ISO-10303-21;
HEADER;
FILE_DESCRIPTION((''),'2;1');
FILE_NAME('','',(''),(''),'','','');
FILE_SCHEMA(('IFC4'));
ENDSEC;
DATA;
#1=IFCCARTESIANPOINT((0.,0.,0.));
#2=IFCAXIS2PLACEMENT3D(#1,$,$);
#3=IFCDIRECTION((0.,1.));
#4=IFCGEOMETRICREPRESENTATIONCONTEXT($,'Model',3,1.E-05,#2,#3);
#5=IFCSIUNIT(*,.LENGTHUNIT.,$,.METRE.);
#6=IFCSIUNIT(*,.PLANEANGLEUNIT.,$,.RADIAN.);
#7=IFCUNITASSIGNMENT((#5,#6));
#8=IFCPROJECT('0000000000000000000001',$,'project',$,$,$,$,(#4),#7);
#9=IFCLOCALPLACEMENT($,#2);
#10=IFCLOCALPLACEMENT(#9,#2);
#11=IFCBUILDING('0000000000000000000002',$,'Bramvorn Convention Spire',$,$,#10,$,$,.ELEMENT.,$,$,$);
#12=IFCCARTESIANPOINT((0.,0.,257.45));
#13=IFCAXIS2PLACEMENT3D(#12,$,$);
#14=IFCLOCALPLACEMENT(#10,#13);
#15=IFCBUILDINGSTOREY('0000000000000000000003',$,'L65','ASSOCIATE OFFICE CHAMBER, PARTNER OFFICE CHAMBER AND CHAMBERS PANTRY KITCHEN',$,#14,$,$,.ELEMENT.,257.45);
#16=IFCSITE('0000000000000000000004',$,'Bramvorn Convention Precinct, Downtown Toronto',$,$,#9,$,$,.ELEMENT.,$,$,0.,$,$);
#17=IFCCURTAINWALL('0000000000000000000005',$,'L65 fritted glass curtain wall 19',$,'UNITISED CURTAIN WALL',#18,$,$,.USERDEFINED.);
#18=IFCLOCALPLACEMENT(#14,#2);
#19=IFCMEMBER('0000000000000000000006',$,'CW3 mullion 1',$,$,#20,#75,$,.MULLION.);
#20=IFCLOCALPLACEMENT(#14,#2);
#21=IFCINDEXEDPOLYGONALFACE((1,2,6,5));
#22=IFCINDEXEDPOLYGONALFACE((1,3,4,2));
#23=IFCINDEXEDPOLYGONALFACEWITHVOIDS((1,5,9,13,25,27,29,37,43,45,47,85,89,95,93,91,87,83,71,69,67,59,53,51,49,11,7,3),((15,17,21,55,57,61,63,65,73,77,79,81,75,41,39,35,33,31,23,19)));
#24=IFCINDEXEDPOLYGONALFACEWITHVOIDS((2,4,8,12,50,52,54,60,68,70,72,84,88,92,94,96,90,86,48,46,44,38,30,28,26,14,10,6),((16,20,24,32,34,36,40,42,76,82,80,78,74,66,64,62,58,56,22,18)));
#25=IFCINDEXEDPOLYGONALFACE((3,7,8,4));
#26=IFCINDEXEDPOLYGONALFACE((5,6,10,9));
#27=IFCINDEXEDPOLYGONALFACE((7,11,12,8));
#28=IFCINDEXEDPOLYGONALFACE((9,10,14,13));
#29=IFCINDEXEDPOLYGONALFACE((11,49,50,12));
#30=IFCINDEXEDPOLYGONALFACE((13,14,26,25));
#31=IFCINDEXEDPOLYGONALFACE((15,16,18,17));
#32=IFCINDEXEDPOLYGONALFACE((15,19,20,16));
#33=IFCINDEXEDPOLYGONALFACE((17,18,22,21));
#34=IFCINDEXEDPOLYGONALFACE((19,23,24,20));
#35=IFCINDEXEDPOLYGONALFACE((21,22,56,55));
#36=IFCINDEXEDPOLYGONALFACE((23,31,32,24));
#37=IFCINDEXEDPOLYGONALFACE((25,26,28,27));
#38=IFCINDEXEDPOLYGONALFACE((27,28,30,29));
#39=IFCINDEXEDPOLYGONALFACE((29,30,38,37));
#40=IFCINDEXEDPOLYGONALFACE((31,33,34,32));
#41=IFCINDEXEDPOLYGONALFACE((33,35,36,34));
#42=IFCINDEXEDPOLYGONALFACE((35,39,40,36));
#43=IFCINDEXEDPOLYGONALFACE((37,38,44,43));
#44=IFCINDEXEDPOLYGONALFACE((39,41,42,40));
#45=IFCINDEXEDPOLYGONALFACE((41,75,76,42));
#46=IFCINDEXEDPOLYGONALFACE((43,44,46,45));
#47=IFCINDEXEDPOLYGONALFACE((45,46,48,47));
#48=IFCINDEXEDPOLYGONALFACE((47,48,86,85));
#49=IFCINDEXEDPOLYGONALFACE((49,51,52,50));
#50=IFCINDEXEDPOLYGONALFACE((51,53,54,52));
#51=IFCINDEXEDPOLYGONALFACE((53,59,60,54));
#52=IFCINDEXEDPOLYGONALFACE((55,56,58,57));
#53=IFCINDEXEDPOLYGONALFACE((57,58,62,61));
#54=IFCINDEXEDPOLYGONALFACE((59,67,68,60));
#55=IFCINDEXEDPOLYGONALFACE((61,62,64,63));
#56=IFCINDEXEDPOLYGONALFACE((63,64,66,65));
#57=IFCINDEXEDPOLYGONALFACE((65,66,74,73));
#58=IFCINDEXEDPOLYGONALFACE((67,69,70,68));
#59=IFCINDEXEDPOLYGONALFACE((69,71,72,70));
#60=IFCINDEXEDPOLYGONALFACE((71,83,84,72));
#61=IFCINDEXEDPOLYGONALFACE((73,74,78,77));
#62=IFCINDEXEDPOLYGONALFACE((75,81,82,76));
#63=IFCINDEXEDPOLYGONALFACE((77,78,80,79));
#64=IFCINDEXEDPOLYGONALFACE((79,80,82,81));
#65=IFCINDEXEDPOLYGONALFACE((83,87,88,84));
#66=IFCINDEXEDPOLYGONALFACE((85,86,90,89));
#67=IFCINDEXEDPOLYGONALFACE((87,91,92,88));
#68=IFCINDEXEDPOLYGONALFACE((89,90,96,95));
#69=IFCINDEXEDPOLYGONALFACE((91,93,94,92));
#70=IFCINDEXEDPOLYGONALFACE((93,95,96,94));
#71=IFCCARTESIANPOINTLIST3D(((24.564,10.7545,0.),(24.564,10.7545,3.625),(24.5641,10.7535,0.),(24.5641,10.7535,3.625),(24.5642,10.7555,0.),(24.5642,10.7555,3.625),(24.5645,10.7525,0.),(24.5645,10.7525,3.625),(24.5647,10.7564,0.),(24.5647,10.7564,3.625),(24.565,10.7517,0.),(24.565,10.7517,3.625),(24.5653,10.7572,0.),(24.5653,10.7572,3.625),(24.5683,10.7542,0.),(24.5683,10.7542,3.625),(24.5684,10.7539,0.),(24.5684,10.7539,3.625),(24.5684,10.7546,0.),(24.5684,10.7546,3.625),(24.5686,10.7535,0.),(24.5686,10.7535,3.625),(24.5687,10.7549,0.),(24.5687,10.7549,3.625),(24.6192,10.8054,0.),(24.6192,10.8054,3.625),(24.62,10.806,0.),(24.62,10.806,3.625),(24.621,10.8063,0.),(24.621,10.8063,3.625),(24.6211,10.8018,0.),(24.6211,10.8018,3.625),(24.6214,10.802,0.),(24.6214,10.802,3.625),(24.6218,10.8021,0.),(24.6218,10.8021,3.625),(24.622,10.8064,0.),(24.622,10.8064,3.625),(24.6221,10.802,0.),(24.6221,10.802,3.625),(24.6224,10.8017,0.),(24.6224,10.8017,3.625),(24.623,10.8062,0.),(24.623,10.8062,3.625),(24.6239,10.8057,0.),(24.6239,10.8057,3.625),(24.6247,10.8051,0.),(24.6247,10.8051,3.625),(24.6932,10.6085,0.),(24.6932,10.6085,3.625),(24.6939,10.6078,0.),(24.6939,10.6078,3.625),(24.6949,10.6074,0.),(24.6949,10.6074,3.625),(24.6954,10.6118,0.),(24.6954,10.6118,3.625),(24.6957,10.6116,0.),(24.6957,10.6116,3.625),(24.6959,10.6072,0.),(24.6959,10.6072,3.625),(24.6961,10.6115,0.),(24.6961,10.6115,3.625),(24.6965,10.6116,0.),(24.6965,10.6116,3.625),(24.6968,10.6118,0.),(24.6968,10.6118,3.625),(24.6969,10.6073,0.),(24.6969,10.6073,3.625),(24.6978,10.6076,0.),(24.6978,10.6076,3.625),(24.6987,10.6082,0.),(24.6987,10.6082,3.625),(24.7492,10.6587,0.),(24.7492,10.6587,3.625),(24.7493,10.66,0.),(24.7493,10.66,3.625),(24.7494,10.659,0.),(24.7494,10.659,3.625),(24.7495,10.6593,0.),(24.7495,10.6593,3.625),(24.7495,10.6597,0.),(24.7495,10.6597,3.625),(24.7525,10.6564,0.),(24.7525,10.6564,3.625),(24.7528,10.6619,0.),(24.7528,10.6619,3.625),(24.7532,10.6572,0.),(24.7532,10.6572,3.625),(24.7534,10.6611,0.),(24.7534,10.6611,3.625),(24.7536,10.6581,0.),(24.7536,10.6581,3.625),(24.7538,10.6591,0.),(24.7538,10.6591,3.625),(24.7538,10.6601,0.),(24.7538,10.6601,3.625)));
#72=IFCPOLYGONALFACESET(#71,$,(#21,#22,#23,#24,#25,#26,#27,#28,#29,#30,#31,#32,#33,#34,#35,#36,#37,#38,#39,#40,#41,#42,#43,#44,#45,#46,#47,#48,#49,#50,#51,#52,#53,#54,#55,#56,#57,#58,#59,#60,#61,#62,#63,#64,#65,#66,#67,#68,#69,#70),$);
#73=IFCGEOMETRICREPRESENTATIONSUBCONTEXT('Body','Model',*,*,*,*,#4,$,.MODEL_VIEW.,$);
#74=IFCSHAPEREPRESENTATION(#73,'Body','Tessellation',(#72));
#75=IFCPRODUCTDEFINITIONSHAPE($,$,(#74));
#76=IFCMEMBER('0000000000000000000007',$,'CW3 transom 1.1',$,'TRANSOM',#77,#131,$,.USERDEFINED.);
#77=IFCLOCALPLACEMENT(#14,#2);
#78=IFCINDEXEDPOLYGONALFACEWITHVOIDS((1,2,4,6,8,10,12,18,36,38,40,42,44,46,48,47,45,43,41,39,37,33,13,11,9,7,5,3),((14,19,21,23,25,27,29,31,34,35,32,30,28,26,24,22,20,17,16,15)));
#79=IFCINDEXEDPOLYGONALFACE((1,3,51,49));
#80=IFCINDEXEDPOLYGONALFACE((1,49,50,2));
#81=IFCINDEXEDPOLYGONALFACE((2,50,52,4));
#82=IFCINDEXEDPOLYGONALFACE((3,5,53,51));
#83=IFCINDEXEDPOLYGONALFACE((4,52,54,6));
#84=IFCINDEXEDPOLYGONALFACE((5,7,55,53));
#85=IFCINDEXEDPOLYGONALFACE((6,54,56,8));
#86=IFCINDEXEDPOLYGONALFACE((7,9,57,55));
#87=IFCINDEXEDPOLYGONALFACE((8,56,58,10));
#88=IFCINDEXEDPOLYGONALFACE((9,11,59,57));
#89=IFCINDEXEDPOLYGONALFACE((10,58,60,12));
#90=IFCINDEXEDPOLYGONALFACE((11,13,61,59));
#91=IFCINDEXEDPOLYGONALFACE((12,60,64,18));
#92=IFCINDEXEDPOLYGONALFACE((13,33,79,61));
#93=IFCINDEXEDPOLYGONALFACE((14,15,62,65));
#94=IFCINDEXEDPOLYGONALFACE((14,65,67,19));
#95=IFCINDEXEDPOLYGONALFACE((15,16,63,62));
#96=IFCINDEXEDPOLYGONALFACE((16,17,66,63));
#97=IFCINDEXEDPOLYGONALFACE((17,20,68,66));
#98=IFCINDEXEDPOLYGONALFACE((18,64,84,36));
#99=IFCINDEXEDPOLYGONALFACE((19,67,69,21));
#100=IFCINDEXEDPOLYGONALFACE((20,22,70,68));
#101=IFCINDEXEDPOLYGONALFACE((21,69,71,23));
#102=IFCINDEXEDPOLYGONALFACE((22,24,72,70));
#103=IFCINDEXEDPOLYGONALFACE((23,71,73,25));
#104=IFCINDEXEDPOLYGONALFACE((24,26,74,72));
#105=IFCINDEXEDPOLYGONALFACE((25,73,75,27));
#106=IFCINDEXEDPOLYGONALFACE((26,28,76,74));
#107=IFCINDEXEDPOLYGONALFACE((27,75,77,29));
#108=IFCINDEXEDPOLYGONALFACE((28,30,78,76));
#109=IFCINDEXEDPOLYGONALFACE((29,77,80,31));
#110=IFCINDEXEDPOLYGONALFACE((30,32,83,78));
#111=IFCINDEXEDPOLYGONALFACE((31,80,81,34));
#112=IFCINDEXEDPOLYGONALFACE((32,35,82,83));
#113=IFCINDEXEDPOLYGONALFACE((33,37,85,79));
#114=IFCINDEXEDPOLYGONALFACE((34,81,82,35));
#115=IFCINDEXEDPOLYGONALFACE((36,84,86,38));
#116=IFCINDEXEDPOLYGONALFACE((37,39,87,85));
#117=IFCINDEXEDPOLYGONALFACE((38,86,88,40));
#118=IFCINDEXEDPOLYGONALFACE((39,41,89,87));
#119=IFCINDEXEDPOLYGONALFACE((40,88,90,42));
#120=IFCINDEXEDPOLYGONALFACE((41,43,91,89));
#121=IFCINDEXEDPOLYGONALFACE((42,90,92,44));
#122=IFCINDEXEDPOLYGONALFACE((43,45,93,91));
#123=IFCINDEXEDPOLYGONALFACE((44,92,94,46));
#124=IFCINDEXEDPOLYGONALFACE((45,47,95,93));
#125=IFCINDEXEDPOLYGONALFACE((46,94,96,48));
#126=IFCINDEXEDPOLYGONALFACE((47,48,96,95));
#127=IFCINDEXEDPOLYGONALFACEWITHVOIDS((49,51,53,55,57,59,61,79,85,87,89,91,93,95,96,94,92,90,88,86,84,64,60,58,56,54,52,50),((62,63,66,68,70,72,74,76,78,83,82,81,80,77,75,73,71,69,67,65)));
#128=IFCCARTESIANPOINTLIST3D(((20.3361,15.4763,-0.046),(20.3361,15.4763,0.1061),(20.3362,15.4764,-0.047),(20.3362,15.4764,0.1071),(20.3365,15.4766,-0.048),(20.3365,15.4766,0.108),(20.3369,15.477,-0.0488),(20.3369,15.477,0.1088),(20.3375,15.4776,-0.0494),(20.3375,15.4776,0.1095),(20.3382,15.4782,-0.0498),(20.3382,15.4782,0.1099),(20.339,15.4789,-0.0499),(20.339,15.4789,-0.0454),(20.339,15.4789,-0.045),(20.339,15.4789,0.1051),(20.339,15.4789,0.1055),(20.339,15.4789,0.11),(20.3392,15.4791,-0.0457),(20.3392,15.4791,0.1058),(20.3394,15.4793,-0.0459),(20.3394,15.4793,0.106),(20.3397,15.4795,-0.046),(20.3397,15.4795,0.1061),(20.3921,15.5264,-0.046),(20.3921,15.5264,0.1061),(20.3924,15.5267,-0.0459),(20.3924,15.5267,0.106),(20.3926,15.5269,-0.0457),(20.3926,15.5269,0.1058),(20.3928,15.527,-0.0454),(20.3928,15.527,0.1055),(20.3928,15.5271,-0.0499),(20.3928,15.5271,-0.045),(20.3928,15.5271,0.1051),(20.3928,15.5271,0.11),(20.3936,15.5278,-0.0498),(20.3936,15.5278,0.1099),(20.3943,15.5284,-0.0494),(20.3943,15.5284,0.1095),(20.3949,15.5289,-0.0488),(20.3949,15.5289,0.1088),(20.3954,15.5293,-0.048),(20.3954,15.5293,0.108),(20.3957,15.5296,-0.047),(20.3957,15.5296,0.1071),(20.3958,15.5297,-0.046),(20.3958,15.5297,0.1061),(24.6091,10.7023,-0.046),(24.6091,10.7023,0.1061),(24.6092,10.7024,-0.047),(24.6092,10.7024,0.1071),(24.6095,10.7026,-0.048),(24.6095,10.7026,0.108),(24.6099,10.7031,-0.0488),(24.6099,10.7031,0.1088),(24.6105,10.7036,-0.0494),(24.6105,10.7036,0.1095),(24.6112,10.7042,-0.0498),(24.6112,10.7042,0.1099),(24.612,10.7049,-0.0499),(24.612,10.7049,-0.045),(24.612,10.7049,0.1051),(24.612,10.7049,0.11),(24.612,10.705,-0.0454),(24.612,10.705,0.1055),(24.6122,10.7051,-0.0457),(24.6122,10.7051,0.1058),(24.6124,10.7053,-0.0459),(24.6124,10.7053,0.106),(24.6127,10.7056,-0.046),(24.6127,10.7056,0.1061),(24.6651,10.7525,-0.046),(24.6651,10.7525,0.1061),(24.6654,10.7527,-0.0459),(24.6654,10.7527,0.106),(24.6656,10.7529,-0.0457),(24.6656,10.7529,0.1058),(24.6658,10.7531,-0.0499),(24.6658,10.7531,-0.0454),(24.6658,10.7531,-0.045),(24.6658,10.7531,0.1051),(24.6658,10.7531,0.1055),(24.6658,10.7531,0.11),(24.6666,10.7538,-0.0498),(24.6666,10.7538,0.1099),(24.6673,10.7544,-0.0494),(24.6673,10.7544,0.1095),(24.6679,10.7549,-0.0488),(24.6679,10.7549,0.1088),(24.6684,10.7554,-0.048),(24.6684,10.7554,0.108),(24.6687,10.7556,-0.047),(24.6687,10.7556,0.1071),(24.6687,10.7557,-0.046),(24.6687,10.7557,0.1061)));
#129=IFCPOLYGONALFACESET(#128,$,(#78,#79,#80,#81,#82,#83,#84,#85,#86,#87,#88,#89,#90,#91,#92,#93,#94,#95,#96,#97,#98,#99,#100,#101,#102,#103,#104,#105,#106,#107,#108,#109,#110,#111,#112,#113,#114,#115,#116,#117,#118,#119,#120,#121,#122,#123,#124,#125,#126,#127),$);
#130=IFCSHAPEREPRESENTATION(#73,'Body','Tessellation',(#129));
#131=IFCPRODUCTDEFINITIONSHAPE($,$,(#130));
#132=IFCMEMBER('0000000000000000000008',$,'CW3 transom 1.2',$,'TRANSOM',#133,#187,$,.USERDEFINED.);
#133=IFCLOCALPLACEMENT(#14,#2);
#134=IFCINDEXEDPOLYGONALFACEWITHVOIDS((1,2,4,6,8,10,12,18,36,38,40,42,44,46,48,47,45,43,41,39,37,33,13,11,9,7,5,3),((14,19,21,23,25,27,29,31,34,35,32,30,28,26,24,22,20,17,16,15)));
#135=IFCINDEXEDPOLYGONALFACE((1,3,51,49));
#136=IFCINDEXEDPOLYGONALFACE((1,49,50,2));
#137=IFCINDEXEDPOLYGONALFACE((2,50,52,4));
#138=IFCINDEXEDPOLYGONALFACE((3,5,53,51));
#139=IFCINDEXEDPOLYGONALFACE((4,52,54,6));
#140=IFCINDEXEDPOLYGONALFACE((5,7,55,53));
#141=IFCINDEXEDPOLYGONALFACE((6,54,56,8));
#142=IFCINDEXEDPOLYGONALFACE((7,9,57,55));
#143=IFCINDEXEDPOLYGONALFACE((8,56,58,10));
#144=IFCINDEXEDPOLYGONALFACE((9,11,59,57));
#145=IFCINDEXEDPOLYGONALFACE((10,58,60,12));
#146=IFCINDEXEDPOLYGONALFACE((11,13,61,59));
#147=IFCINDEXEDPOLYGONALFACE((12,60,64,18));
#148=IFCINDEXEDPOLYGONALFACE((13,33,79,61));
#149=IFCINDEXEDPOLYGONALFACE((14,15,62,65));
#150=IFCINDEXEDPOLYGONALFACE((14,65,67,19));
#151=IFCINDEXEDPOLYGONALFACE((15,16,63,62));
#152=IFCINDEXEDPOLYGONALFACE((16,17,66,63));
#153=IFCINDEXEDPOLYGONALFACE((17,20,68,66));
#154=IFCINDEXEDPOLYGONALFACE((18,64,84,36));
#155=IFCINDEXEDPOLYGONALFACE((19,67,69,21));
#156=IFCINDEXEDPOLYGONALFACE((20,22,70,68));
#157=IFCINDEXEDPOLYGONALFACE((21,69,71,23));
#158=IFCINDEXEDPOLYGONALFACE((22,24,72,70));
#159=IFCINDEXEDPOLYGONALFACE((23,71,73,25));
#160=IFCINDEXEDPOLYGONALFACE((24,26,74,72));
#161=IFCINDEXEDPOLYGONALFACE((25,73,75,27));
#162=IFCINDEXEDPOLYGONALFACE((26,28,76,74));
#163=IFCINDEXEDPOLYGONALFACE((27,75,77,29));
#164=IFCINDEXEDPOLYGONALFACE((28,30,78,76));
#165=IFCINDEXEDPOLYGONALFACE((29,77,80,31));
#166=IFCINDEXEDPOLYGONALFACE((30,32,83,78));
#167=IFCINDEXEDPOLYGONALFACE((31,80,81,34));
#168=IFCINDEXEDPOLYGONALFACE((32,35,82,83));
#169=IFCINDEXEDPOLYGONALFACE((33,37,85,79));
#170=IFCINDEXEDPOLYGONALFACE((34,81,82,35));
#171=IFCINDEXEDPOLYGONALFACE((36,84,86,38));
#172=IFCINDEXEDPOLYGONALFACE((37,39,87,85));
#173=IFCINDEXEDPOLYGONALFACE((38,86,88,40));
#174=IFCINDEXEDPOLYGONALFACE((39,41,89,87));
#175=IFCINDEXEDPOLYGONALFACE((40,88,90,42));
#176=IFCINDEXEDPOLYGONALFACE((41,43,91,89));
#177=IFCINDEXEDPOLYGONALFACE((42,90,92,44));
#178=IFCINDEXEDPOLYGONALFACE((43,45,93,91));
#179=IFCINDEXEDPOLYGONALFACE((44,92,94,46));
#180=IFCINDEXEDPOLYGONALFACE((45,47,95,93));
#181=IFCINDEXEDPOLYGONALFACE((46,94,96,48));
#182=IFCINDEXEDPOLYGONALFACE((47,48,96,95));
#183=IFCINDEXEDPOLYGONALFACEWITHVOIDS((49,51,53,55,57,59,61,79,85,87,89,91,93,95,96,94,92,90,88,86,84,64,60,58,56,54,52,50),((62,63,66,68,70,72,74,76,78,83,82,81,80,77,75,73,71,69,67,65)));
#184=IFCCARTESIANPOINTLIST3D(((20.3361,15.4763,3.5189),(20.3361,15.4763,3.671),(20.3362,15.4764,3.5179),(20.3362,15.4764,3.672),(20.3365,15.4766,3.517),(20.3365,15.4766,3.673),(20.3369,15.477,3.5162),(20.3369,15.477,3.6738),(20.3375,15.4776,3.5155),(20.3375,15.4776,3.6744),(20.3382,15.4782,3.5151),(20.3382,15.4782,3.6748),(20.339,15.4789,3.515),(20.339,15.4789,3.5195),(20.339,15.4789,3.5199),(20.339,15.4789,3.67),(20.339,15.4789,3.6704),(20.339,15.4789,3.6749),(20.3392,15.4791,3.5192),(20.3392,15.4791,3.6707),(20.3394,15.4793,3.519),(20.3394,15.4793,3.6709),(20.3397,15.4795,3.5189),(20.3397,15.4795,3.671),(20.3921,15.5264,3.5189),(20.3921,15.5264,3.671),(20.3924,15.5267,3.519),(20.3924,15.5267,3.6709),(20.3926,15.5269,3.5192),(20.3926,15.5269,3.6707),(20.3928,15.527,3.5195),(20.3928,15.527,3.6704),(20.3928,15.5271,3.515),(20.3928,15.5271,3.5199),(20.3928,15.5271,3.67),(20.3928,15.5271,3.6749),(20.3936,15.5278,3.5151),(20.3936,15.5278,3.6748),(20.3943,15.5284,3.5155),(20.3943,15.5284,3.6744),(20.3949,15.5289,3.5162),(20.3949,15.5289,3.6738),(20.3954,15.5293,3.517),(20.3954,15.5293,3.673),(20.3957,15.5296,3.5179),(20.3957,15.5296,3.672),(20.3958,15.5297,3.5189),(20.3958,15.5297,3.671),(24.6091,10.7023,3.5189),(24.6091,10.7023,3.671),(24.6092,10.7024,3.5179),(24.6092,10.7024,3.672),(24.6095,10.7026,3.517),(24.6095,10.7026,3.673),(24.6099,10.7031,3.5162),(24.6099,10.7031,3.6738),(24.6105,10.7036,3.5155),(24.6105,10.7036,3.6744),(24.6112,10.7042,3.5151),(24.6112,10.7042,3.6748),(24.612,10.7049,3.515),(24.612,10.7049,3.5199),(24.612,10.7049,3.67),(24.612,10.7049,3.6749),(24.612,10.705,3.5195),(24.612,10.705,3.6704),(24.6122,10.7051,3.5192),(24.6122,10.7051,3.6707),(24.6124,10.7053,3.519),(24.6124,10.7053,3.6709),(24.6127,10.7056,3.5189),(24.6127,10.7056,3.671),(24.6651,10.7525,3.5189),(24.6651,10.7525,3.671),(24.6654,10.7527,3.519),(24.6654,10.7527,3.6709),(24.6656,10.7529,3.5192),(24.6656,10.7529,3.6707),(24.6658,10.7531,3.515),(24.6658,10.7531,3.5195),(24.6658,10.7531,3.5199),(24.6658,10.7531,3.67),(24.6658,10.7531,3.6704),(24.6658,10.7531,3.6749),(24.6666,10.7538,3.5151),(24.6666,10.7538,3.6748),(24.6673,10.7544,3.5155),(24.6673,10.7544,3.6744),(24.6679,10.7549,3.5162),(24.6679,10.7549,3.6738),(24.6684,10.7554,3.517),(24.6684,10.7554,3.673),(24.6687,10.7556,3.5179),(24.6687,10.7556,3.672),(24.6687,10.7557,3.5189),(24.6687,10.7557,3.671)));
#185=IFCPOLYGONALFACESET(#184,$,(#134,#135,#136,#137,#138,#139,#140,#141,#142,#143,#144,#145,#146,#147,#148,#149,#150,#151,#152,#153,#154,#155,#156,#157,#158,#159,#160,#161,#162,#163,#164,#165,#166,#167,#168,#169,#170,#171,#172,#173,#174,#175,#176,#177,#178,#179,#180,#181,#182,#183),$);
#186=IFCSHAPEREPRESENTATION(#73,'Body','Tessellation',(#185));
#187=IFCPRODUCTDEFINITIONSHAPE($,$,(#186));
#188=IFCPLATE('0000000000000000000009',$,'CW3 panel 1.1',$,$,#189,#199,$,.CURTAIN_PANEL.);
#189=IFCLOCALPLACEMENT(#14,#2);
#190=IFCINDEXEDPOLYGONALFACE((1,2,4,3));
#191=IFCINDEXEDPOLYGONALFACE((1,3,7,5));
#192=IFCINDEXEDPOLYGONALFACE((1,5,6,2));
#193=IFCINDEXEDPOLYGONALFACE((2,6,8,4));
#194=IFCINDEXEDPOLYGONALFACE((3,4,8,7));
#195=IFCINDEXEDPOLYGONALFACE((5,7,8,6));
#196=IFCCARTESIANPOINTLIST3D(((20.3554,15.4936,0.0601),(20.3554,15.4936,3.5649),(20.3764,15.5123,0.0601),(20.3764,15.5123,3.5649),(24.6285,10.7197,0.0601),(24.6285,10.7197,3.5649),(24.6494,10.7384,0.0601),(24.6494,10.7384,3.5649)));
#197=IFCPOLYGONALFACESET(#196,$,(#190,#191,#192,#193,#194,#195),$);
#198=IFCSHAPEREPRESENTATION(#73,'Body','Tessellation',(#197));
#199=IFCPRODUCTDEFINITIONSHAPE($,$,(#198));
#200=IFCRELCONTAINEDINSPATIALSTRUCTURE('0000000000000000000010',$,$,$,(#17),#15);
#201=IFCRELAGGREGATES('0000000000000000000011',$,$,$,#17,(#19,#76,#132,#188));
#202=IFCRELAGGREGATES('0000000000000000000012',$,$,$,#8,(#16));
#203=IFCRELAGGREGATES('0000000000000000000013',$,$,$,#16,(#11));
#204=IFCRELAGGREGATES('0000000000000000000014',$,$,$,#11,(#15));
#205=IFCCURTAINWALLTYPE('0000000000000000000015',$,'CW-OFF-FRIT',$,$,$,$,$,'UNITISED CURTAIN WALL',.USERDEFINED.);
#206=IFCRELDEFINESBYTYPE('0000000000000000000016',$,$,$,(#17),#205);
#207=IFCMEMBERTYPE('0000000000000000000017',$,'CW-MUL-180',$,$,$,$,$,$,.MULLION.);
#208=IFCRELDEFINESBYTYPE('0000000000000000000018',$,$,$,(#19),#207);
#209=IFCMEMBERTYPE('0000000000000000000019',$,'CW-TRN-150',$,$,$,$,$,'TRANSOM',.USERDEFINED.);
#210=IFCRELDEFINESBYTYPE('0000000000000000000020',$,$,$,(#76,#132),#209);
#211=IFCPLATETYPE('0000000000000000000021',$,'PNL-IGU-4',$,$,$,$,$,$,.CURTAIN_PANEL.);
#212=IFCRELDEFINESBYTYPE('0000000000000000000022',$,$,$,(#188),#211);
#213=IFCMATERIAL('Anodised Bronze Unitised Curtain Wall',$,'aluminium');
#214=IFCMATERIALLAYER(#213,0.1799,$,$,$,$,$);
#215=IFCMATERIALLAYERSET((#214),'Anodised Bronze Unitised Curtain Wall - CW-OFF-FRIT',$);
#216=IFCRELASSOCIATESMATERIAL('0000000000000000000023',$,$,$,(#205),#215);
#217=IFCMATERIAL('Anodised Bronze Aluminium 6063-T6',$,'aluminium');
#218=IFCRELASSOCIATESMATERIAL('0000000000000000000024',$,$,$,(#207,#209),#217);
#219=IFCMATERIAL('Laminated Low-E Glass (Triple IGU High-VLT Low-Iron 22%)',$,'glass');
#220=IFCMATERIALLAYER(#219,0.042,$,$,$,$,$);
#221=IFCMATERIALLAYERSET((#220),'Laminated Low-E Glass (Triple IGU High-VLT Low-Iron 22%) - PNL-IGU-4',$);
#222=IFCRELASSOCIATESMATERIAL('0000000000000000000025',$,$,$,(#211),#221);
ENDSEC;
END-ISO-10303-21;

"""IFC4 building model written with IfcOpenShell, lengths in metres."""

from ifc_helpers import new_model, si_unit, direction, frame, origin, origin_2d, place, context, subcontext, project, spatial, rectangle, hollow_rectangle, extrude, material, layer, layer_set, material_profile, profile_set, type_object, element, aggregate, save


model = new_model("IFC4")

# Units and contexts
model_context = context("Model", 3, precision=1e-05, world=origin(), true_north=direction((0.0, 1.0)))
body_context = subcontext(model_context, "Body", "Model", "MODEL_VIEW")
ifc_project = project(units=[si_unit("LENGTHUNIT", "METRE"), si_unit("PLANEANGLEUNIT", "RADIAN")], contexts=[model_context])

# Site, building, storey
site_placement = place(None, origin())
site = spatial("IfcSite", under=ifc_project, at=site_placement, Name="Bramvorn Convention Precinct, Downtown Toronto", CompositionType="ELEMENT", RefElevation=0.0)
building_placement = place(site_placement, origin())
building = spatial("IfcBuilding", under=site, at=building_placement, Name="Bramvorn Convention Spire", CompositionType="ELEMENT")
storey_placement = place(building_placement, frame((0.0, 0.0, 257.45)))
storey = spatial("IfcBuildingStorey", under=building, at=storey_placement, Name="L65", Description="ASSOCIATE OFFICE CHAMBER, PARTNER OFFICE CHAMBER AND CHAMBERS PANTRY KITCHEN", CompositionType="ELEMENT", Elevation=257.45)

# Curtain wall, members, plate
ifc_material_1 = material(Name="Anodised Bronze Unitised Curtain Wall", Category="aluminium")
ifc_layer_1 = layer(ifc_material_1, 0.1799)
ifc_layer_set_1 = layer_set([ifc_layer_1], Name="Anodised Bronze Unitised Curtain Wall - CW-OFF-FRIT")
curtain_wall_type = type_object("IfcCurtainWallType", Name="CW-OFF-FRIT", ElementType="UNITISED CURTAIN WALL", PredefinedType="USERDEFINED", material=ifc_layer_set_1)
curtain_wall_placement = place(storey_placement, origin())
curtain_wall = element("IfcCurtainWall", 1, at=curtain_wall_placement, inside=storey, type_object=curtain_wall_type, Name="L65 fritted glass curtain wall 19", ObjectType="UNITISED CURTAIN WALL", PredefinedType="USERDEFINED")
ifc_material_2 = material(Name="Anodised Bronze Aluminium 6063-T6", Category="aluminium")
ifc_material_profile_1 = material_profile(ifc_material_2, hollow_rectangle(XDim=0.0801, YDim=0.2, WallThickness=0.0039, InnerFilletRadius=0.001, OuterFilletRadius=0.0039, at=origin_2d()))
ifc_profile_set_1 = profile_set([ifc_material_profile_1], Name="Anodised Bronze Aluminium 6063-T6 - CWM80X200")
member_type_1 = type_object("IfcMemberType", Name="CW-MUL-180", PredefinedType="MULLION", material=ifc_profile_set_1)
member_1_placement = place(storey_placement, frame((24.6589, 10.7068, 0.0), z_axis=(0.0, 0.0, 1.0), x_axis=(-0.74511, -0.666942, 0.0)))
member_1 = element("IfcMember", 2, at=member_1_placement, type_object=member_type_1, Name="CW3 mullion 1", PredefinedType="MULLION", context=body_context, shape_type="SweptSolid", body=[
    extrude(hollow_rectangle(XDim=0.0801, YDim=0.2, WallThickness=0.0039, InnerFilletRadius=0.001, OuterFilletRadius=0.0039, at=origin_2d()), origin(), (0.0, 0.0, 1.0), 3.625),
])
ifc_material_profile_2 = material_profile(ifc_material_2, hollow_rectangle(XDim=0.0801, YDim=0.1599, WallThickness=0.0039, InnerFilletRadius=0.001, OuterFilletRadius=0.0039, at=origin_2d()))
ifc_profile_set_2 = profile_set([ifc_material_profile_2], Name="Anodised Bronze Aluminium 6063-T6 - CWT80X160")
member_type_2 = type_object("IfcMemberType", Name="CW-TRN-150", ElementType="TRANSOM", PredefinedType="USERDEFINED", material=ifc_profile_set_2)
member_2_placement = place(storey_placement, frame((24.6389, 10.729, 0.03), z_axis=(-0.666929, 0.745122, 0.0), x_axis=(-0.745122, -0.666929, 0.0)))
member_2 = element("IfcMember", 3, at=member_2_placement, type_object=member_type_2, Name="CW3 transom 1.1", ObjectType="TRANSOM", PredefinedType="USERDEFINED", context=body_context, shape_type="SweptSolid", body=[
    extrude(hollow_rectangle(XDim=0.0801, YDim=0.1599, WallThickness=0.0039, InnerFilletRadius=0.001, OuterFilletRadius=0.0039, at=origin_2d()), origin(), (0.0, 0.0, 1.0), 6.407),
])
member_3_placement = place(storey_placement, frame((24.6389, 10.729, 3.595), z_axis=(-0.666929, 0.745122, 0.0), x_axis=(-0.745122, -0.666929, 0.0)))
member_3 = element("IfcMember", 4, at=member_3_placement, type_object=member_type_2, Name="CW3 transom 1.2", ObjectType="TRANSOM", PredefinedType="USERDEFINED", context=body_context, shape_type="SweptSolid", body=[
    extrude(hollow_rectangle(XDim=0.0801, YDim=0.1599, WallThickness=0.0039, InnerFilletRadius=0.001, OuterFilletRadius=0.0039, at=origin_2d()), origin(), (0.0, 0.0, 1.0), 6.407),
])
ifc_material_3 = material(Name="Laminated Low-E Glass (Triple IGU High-VLT Low-Iron 22%)", Category="glass")
ifc_layer_2 = layer(ifc_material_3, 0.042)
ifc_layer_set_2 = layer_set([ifc_layer_2], Name="Laminated Low-E Glass (Triple IGU High-VLT Low-Iron 22%) - PNL-IGU-4")
plate_type = type_object("IfcPlateType", Name="PNL-IGU-4", PredefinedType="CURTAIN_PANEL", material=ifc_layer_set_2)
plate_placement = place(storey_placement, frame((22.5024, 13.116, 0.0601), z_axis=(0.0, 0.0, 1.0), x_axis=(-0.666942, 0.74511, 0.0)))
plate = element("IfcPlate", 5, at=plate_placement, type_object=plate_type, Name="CW3 panel 1.1", PredefinedType="CURTAIN_PANEL", context=body_context, shape_type="SweptSolid", body=[
    extrude(rectangle(XDim=6.407, YDim=0.0281, at=origin_2d()), origin(), (0.0, 0.0, 1.0), 3.5049),
])
aggregate(curtain_wall, [member_1, member_2, member_3, plate])

save(model, "model.ifc")
